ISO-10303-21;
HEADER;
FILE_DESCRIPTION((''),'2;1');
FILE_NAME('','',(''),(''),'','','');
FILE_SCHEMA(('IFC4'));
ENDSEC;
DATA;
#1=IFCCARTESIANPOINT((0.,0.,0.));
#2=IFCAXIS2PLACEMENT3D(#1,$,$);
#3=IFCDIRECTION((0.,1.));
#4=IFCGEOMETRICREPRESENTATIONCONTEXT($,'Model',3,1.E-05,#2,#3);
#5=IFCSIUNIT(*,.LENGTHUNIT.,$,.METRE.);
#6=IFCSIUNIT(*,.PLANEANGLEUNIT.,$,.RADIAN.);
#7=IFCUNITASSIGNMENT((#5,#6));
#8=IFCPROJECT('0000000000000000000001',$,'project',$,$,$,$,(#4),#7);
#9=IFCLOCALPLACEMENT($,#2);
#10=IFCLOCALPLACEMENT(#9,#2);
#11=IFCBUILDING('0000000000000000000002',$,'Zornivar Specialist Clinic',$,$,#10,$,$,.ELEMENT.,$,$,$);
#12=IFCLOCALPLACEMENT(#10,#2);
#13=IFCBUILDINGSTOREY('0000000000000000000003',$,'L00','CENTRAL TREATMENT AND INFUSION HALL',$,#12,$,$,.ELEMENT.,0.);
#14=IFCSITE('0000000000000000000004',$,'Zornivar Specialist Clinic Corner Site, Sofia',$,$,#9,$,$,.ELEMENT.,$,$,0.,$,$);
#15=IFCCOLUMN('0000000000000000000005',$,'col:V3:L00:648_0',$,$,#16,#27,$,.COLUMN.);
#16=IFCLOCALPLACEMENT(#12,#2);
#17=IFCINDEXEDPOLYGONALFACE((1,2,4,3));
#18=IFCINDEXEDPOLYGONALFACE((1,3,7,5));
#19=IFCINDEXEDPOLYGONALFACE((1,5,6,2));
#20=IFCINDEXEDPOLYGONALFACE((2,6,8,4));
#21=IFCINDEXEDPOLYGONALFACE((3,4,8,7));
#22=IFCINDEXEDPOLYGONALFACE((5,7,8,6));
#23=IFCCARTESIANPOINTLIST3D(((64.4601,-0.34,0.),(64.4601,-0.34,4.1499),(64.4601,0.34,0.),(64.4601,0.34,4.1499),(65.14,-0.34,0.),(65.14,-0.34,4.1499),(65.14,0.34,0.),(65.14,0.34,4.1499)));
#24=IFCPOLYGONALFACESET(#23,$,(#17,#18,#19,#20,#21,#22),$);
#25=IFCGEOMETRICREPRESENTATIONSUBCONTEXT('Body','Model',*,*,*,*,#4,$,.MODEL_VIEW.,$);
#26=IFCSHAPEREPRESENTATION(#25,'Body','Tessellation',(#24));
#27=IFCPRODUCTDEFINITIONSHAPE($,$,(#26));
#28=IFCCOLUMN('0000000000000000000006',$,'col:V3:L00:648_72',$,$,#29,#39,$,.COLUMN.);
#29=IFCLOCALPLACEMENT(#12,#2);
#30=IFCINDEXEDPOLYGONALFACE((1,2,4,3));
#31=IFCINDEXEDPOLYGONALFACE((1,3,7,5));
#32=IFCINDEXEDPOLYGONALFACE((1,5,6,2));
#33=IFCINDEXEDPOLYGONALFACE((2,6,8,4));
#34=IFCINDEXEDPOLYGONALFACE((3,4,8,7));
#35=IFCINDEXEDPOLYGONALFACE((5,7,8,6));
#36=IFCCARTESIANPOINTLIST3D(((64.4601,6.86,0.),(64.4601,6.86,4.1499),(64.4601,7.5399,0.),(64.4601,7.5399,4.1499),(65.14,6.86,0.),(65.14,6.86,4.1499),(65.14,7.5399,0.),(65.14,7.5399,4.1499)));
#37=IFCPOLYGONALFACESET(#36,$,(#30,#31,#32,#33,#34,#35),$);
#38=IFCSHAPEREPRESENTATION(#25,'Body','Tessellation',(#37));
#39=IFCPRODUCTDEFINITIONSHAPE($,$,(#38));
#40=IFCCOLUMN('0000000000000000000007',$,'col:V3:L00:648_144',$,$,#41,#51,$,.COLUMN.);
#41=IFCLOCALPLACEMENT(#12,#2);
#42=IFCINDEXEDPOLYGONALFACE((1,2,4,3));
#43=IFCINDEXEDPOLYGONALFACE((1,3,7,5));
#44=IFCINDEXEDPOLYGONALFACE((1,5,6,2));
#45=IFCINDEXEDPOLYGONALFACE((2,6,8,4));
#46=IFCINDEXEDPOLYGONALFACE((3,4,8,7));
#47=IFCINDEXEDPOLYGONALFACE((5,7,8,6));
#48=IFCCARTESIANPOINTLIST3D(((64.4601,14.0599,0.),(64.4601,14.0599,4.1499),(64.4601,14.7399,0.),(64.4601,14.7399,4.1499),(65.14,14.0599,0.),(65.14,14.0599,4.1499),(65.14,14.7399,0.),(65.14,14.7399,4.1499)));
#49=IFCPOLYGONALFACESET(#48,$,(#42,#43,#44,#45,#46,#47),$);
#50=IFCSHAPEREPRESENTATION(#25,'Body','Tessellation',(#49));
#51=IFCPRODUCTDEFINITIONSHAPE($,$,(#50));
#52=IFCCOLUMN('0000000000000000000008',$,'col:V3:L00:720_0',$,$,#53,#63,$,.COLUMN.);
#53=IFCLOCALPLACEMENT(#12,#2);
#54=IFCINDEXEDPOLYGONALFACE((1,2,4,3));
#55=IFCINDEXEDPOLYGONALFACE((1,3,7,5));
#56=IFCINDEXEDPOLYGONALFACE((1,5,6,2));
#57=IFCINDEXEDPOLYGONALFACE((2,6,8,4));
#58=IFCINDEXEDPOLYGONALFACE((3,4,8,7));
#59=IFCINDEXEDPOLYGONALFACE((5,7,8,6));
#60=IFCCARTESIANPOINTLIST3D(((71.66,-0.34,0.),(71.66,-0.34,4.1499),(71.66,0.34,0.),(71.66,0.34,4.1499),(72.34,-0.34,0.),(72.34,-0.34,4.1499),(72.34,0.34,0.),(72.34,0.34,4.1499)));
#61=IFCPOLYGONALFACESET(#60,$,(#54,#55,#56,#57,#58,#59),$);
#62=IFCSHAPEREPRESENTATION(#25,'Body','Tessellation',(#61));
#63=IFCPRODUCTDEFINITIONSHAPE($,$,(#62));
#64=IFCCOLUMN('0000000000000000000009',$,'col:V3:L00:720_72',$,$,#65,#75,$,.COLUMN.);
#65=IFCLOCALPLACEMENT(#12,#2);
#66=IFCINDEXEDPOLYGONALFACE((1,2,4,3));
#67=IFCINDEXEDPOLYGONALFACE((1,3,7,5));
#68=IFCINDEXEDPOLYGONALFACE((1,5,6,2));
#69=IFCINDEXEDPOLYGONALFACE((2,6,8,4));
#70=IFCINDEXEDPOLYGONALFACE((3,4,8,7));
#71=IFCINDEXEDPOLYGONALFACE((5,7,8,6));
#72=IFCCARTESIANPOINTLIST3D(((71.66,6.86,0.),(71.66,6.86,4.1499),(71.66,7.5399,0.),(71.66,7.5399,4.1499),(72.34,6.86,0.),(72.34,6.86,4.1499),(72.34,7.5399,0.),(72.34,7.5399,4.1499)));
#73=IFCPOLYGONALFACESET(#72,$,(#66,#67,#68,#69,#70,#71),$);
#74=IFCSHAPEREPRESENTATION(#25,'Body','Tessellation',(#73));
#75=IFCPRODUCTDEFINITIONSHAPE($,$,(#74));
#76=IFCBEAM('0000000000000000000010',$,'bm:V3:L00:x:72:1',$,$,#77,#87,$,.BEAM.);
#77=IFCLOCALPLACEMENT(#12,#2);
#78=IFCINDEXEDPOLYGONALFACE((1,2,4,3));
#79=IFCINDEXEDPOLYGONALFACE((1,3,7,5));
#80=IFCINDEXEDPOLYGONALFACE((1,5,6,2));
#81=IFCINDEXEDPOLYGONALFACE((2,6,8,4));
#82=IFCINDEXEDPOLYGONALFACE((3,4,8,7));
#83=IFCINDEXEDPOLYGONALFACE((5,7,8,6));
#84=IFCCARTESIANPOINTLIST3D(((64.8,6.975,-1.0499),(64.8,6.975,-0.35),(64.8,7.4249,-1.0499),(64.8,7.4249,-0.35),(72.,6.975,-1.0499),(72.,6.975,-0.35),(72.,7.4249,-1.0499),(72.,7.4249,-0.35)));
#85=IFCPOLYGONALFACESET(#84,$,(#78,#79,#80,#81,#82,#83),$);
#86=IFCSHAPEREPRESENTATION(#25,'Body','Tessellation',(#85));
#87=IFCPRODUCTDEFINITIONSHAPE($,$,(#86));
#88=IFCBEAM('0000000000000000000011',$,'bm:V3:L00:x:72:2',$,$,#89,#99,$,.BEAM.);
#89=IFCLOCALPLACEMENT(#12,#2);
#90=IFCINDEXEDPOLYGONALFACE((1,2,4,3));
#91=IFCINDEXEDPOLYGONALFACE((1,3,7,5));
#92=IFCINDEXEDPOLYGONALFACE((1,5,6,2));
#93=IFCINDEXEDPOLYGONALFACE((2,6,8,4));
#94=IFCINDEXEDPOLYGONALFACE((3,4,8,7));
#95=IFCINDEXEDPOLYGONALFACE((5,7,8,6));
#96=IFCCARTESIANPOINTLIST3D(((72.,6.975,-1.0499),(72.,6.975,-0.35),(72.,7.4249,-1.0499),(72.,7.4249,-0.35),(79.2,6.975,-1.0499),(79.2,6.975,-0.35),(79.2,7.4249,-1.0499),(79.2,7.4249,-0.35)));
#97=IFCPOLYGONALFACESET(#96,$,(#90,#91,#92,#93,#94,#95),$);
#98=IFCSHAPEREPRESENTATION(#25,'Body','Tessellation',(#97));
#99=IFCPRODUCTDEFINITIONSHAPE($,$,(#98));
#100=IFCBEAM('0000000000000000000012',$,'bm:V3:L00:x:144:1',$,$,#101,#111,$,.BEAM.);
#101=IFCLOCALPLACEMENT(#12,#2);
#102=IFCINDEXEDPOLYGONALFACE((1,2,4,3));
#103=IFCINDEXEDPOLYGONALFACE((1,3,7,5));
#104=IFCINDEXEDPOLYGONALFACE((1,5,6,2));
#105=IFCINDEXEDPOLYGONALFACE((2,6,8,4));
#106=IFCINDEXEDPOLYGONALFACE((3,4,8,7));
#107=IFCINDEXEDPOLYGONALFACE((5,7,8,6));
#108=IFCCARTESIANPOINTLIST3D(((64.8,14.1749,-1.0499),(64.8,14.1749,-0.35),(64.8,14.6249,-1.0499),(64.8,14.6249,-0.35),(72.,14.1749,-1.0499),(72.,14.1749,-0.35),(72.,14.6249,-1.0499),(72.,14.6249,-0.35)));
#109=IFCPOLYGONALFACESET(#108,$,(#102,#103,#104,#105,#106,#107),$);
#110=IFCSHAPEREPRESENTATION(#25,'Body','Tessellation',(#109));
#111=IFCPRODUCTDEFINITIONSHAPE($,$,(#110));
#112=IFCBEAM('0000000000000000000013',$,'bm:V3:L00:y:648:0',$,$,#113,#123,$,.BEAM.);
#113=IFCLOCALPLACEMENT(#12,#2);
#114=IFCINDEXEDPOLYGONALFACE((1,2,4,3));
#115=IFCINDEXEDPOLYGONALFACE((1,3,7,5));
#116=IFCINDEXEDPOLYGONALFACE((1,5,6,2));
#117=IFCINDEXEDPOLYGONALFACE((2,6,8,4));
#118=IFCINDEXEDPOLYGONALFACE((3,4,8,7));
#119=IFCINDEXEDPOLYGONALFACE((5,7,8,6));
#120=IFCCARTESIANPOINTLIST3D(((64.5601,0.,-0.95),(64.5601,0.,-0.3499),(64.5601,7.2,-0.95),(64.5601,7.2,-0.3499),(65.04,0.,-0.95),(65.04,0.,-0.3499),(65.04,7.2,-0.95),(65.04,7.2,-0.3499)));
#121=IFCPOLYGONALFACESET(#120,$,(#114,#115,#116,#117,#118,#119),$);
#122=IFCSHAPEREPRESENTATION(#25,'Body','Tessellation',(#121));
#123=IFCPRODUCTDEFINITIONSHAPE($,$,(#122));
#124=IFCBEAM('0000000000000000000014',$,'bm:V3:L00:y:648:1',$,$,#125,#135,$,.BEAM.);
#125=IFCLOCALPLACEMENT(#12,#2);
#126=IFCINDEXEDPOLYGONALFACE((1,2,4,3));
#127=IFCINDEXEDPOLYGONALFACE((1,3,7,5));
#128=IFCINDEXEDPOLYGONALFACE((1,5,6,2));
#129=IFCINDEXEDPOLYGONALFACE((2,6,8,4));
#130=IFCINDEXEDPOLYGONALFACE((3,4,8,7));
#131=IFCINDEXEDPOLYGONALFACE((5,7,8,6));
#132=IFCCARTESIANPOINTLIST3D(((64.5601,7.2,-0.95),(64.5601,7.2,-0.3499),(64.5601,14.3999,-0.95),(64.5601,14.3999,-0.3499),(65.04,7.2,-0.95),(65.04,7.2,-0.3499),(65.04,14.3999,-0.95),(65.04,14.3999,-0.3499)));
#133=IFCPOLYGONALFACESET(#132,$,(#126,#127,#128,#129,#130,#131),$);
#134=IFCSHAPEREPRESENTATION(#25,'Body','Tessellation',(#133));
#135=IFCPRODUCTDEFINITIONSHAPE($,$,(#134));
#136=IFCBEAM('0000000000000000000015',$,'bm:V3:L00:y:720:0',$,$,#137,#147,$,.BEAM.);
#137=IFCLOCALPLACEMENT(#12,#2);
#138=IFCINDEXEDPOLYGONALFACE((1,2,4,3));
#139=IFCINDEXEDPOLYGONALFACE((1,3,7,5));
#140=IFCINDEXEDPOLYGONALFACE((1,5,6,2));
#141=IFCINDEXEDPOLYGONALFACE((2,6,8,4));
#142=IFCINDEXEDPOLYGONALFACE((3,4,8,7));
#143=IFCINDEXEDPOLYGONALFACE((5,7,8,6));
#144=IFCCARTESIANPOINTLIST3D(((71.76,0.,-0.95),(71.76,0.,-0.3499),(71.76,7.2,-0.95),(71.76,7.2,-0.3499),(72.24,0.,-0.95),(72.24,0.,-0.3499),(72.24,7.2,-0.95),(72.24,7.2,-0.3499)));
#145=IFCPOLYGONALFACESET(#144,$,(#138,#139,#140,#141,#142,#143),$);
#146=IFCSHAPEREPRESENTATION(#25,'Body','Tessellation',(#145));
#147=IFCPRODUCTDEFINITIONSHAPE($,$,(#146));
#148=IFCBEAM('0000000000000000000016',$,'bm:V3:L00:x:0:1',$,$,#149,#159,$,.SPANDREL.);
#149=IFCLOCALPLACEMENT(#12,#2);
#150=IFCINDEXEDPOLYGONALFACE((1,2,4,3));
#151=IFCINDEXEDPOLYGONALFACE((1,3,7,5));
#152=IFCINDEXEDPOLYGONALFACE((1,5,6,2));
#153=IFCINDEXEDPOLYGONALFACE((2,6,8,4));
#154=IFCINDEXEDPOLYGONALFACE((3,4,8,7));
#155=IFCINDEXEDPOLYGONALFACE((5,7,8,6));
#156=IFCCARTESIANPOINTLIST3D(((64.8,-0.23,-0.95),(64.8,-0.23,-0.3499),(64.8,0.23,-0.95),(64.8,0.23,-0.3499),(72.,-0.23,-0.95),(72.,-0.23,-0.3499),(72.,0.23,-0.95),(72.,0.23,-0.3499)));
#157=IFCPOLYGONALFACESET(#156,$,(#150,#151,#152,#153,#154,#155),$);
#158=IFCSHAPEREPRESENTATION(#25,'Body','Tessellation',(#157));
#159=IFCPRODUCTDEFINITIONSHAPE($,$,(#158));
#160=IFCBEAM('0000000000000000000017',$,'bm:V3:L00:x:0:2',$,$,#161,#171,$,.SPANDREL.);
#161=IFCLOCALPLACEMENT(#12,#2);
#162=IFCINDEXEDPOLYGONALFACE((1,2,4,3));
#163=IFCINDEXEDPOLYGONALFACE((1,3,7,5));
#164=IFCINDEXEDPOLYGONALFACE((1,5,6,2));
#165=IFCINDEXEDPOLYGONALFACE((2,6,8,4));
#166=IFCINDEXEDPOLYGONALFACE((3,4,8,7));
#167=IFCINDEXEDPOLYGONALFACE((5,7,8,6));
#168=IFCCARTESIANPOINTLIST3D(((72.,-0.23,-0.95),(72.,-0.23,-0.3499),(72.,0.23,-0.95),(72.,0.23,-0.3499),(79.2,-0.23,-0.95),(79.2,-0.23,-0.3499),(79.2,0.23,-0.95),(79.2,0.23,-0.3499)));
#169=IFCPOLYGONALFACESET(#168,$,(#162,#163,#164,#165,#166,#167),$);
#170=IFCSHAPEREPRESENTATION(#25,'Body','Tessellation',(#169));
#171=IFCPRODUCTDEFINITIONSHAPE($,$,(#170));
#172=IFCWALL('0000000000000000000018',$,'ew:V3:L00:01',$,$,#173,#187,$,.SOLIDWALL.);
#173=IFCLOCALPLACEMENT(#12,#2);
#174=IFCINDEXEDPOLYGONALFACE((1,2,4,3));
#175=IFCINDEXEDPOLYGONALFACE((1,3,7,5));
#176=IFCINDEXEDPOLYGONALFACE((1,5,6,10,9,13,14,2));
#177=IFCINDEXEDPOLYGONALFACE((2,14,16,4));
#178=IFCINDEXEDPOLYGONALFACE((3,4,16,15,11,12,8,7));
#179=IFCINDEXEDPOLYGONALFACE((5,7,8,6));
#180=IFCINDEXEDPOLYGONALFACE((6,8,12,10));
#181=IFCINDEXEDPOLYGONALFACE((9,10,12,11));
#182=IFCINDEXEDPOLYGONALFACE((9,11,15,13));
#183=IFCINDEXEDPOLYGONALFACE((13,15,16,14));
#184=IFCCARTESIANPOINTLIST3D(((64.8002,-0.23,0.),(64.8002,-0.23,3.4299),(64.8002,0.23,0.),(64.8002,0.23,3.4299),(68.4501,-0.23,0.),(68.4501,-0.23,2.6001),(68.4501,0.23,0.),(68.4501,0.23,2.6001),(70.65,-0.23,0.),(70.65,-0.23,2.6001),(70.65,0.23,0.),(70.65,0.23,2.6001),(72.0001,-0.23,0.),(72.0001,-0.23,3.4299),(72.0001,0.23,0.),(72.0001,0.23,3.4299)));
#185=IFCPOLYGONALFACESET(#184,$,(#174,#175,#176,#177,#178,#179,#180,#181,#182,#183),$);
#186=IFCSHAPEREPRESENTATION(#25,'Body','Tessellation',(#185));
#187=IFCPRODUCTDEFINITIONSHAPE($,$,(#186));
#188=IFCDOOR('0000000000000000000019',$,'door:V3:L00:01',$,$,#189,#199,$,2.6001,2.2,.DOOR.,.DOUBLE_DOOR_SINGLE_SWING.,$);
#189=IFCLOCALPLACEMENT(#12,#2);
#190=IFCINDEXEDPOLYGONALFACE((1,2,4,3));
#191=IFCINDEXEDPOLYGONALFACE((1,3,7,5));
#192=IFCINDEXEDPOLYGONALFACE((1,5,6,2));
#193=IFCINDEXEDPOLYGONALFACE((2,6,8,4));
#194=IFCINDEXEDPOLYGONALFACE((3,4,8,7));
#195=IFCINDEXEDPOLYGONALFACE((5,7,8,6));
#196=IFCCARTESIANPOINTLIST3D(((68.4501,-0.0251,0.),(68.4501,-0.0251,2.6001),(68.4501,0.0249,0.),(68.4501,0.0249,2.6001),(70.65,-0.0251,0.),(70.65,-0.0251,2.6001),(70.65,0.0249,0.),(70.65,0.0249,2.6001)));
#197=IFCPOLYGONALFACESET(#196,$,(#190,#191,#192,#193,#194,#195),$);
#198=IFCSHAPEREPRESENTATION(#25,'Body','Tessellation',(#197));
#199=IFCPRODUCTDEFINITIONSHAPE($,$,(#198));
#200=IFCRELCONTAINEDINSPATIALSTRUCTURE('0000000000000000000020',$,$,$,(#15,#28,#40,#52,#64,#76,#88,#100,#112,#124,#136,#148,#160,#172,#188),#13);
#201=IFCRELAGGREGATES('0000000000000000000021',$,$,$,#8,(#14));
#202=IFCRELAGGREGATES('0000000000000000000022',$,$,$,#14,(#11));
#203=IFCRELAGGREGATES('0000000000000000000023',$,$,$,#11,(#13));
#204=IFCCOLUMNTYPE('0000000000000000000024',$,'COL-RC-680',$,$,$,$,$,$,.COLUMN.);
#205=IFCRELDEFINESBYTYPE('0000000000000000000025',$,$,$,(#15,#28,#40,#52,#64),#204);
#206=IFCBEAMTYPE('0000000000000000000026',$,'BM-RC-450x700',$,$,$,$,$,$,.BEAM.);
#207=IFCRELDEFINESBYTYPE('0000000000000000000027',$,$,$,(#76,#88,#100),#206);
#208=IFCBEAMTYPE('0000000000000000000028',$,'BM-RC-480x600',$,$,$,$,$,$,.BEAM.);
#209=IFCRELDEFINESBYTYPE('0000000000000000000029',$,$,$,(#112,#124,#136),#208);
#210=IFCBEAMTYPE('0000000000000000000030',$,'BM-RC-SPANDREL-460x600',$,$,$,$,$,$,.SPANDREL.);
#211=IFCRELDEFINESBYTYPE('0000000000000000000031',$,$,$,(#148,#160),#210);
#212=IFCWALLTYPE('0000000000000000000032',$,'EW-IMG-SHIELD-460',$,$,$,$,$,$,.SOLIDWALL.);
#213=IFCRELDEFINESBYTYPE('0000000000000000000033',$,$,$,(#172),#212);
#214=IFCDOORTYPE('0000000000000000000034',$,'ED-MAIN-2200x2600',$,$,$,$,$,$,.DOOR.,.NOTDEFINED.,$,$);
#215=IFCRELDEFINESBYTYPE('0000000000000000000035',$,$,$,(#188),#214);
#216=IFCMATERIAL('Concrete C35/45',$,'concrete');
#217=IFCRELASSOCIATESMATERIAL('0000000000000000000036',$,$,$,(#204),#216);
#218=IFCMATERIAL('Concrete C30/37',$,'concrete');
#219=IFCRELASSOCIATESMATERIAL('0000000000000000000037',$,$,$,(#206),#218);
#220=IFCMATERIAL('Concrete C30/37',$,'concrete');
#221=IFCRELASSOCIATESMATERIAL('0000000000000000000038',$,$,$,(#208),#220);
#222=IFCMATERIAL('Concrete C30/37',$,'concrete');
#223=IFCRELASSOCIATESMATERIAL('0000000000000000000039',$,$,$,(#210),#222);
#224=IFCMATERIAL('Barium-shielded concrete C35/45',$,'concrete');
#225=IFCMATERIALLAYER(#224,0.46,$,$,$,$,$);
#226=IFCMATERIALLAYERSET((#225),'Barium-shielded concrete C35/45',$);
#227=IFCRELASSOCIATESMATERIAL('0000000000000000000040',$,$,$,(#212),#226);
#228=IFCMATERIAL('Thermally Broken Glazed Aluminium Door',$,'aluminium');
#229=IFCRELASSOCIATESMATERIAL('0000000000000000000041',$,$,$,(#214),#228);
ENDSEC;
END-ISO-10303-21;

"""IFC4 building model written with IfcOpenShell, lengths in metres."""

from ifc_helpers import new_model, si_unit, direction, frame, frame_2d, origin, origin_2d, place, context, subcontext, project, spatial, rectangle, extrude, material, layer, layer_set, material_profile, profile_set, type_object, element, fill, save


model = new_model("IFC4")

# Units and contexts
model_context = context("Model", 3, precision=1e-05, world=origin(), true_north=direction((0.0, 1.0)))
body_context = subcontext(model_context, "Body", "Model", "MODEL_VIEW")
ifc_project = project(units=[si_unit("LENGTHUNIT", "METRE"), si_unit("PLANEANGLEUNIT", "RADIAN")], contexts=[model_context])

# Site, building, storey
site_placement = place(None, origin())
site = spatial("IfcSite", under=ifc_project, at=site_placement, Name="Zornivar Specialist Clinic Corner Site, Sofia", CompositionType="ELEMENT", RefElevation=0.0)
building_placement = place(site_placement, origin())
building = spatial("IfcBuilding", under=site, at=building_placement, Name="Zornivar Specialist Clinic", CompositionType="ELEMENT")
storey_placement = place(building_placement, origin())
storey = spatial("IfcBuildingStorey", under=building, at=storey_placement, Name="L00", Description="CENTRAL TREATMENT AND INFUSION HALL", CompositionType="ELEMENT", Elevation=0.0)

# Columns
ifc_material_1 = material(Name="Concrete C35/45", Category="concrete")
ifc_material_profile_1 = material_profile(ifc_material_1, rectangle(XDim=0.6799, YDim=0.6799, at=origin_2d()), Name="RC 680x680")
ifc_profile_set_1 = profile_set([ifc_material_profile_1], Name="Concrete C35/45")
column_type = type_object("IfcColumnType", Name="COL-RC-680", PredefinedType="COLUMN", material=ifc_profile_set_1)
for number, where, z_axis, x_axis, name in (
    (1, (64.8, 0.0, 0.0), (0.0, 0.0, 1.0), (1.0, 0.0, 0.0), "col:V3:L00:648_0"),
    (2, (64.8, 7.2, 0.0), (0.0, 0.0, 1.0), (1.0, 0.0, 0.0), "col:V3:L00:648_72"),
    (3, (64.8, 14.3999, 0.0), (0.0, 0.0, 1.0), (1.0, 0.0, 0.0), "col:V3:L00:648_144"),
    (4, (72.0, 0.0, 0.0), (0.0, 0.0, 1.0), (1.0, 0.0, 0.0), "col:V3:L00:720_0"),
    (5, (72.0, 7.2, 0.0), (0.0, 0.0, 1.0), (1.0, 0.0, 0.0), "col:V3:L00:720_72"),
):
    element("IfcColumn", number, at=place(storey_placement, frame(where, z_axis=z_axis, x_axis=x_axis)), inside=storey, type_object=column_type, Name=name, PredefinedType="COLUMN", context=body_context, shape_type="SweptSolid", body=[
        extrude(rectangle(XDim=0.6799, YDim=0.6799, at=origin_2d()), origin(), (0.0, 0.0, 1.0), 4.1499),
    ])

# Beams
ifc_material_2 = material(Name="Concrete C30/37", Category="concrete")
ifc_material_profile_2 = material_profile(ifc_material_2, rectangle(XDim=0.45, YDim=0.7, at=origin_2d()), Name="RC 450x700")
ifc_profile_set_2 = profile_set([ifc_material_profile_2], Name="Concrete C30/37")
beam_type_1 = type_object("IfcBeamType", Name="BM-RC-450x700", PredefinedType="BEAM", material=ifc_profile_set_2)
for number, where, z_axis, x_axis, name in (
    (6, (64.8, 7.2, -0.7), (1.0, 0.0, 0.0), (0.0, 1.0, 0.0), "bm:V3:L00:x:72:1"),
    (7, (72.0, 7.2, -0.7), (1.0, 0.0, 0.0), (0.0, 1.0, 0.0), "bm:V3:L00:x:72:2"),
    (8, (64.8, 14.3999, -0.7), (1.0, 0.0, 0.0), (0.0, 1.0, 0.0), "bm:V3:L00:x:144:1"),
):
    element("IfcBeam", number, at=place(storey_placement, frame(where, z_axis=z_axis, x_axis=x_axis)), inside=storey, type_object=beam_type_1, Name=name, PredefinedType="BEAM", context=body_context, shape_type="SweptSolid", body=[
        extrude(rectangle(XDim=0.45, YDim=0.7, at=origin_2d()), origin(), (0.0, 0.0, 1.0), 7.2),
    ])
ifc_material_3 = material(Name="Concrete C30/37", Category="concrete")
ifc_material_profile_3 = material_profile(ifc_material_3, rectangle(XDim=0.48, YDim=0.6001, at=origin_2d()), Name="RC 480x600")
ifc_profile_set_3 = profile_set([ifc_material_profile_3], Name="Concrete C30/37")
beam_type_2 = type_object("IfcBeamType", Name="BM-RC-480x600", PredefinedType="BEAM", material=ifc_profile_set_3)
for number, where, z_axis, x_axis, name in (
    (9, (64.8, 0.0, -0.6499), (0.0, 1.0, 0.0), (-1.0, 0.0, 0.0), "bm:V3:L00:y:648:0"),
    (10, (64.8, 7.2, -0.6499), (0.0, 1.0, 0.0), (-1.0, 0.0, 0.0), "bm:V3:L00:y:648:1"),
    (11, (72.0, 0.0, -0.6499), (0.0, 1.0, 0.0), (-1.0, 0.0, 0.0), "bm:V3:L00:y:720:0"),
):
    element("IfcBeam", number, at=place(storey_placement, frame(where, z_axis=z_axis, x_axis=x_axis)), inside=storey, type_object=beam_type_2, Name=name, PredefinedType="BEAM", context=body_context, shape_type="SweptSolid", body=[
        extrude(rectangle(XDim=0.48, YDim=0.6001, at=origin_2d()), origin(), (0.0, 0.0, 1.0), 7.2),
    ])
ifc_material_4 = material(Name="Concrete C30/37", Category="concrete")
ifc_material_profile_4 = material_profile(ifc_material_4, rectangle(XDim=0.46, YDim=0.6001, at=origin_2d()), Name="RC 460x600")
ifc_profile_set_4 = profile_set([ifc_material_profile_4], Name="Concrete C30/37")
beam_type_3 = type_object("IfcBeamType", Name="BM-RC-SPANDREL-460x600", PredefinedType="SPANDREL", material=ifc_profile_set_4)
for number, where, z_axis, x_axis, name in (
    (12, (64.8, 0.0, -0.6499), (1.0, 0.0, 0.0), (0.0, 1.0, 0.0), "bm:V3:L00:x:0:1"),
    (13, (72.0, 0.0, -0.6499), (1.0, 0.0, 0.0), (0.0, 1.0, 0.0), "bm:V3:L00:x:0:2"),
):
    element("IfcBeam", number, at=place(storey_placement, frame(where, z_axis=z_axis, x_axis=x_axis)), inside=storey, type_object=beam_type_3, Name=name, PredefinedType="SPANDREL", context=body_context, shape_type="SweptSolid", body=[
        extrude(rectangle(XDim=0.46, YDim=0.6001, at=origin_2d()), origin(), (0.0, 0.0, 1.0), 7.2),
    ])

# Wall, opening, door
ifc_material_5 = material(Name="Barium-shielded concrete C35/45", Category="concrete")
ifc_layer_1 = layer(ifc_material_5, 0.46)
ifc_layer_set_1 = layer_set([ifc_layer_1], Name="Barium-shielded concrete C35/45")
wall_type_1 = type_object("IfcWallType", Name="EW-IMG-SHIELD-460", PredefinedType="SOLIDWALL", material=ifc_layer_set_1)
wall_1_placement = place(storey_placement, frame((64.8, 0.0, 0.0), z_axis=(0.0, 0.0, 1.0), x_axis=(1.0, 0.0, 0.0)))
wall_1 = element("IfcWall", 14, at=wall_1_placement, inside=storey, type_object=wall_type_1, Name="ew:V3:L00:01", PredefinedType="SOLIDWALL", context=body_context, shape_type="SweptSolid", body=[
    extrude(rectangle(XDim=7.2, YDim=0.46, at=frame_2d((3.6001, 0.0))), origin(), (0.0, 0.0, 1.0), 3.4299),
])
opening_1_placement = place(wall_1_placement, frame((3.6499, 0.0, 0.0)))
opening_1 = element("IfcOpeningElement", 15, at=opening_1_placement, cuts=wall_1, PredefinedType="OPENING", context=body_context, shape_type="SweptSolid", body=[
    extrude(rectangle(XDim=2.2, YDim=2.6001, at=frame_2d((1.1001, 1.3))), frame((0.0, 0.24, 0.0), z_axis=(0.0, -1.0, 0.0), x_axis=(1.0, 0.0, 0.0)), (0.0, 0.0, 1.0), 0.48),
])
ifc_material_6 = material(Name="Thermally Broken Glazed Aluminium Door", Category="aluminium")
door_type_1 = type_object("IfcDoorType", Name="ED-MAIN-2200x2600", OperationType="NOTDEFINED", PredefinedType="DOOR", material=ifc_material_6)
door_1_placement = place(opening_1_placement, origin())
door_1 = element("IfcDoor", 16, at=door_1_placement, inside=storey, type_object=door_type_1, Name="door:V3:L00:01", OperationType="DOUBLE_DOOR_SINGLE_SWING", OverallHeight=2.6001, OverallWidth=2.2, PredefinedType="DOOR", context=body_context, shape_type="SweptSolid", body=[
    extrude(rectangle(XDim=2.2, YDim=2.6001, at=frame_2d((1.1001, 1.3))), frame((0.0, 0.0249, 0.0), z_axis=(0.0, -1.0, 0.0), x_axis=(1.0, 0.0, 0.0)), (0.0, 0.0, 1.0), 0.05),
])
fill(opening_1, door_1)

save(model, "model.ifc")
